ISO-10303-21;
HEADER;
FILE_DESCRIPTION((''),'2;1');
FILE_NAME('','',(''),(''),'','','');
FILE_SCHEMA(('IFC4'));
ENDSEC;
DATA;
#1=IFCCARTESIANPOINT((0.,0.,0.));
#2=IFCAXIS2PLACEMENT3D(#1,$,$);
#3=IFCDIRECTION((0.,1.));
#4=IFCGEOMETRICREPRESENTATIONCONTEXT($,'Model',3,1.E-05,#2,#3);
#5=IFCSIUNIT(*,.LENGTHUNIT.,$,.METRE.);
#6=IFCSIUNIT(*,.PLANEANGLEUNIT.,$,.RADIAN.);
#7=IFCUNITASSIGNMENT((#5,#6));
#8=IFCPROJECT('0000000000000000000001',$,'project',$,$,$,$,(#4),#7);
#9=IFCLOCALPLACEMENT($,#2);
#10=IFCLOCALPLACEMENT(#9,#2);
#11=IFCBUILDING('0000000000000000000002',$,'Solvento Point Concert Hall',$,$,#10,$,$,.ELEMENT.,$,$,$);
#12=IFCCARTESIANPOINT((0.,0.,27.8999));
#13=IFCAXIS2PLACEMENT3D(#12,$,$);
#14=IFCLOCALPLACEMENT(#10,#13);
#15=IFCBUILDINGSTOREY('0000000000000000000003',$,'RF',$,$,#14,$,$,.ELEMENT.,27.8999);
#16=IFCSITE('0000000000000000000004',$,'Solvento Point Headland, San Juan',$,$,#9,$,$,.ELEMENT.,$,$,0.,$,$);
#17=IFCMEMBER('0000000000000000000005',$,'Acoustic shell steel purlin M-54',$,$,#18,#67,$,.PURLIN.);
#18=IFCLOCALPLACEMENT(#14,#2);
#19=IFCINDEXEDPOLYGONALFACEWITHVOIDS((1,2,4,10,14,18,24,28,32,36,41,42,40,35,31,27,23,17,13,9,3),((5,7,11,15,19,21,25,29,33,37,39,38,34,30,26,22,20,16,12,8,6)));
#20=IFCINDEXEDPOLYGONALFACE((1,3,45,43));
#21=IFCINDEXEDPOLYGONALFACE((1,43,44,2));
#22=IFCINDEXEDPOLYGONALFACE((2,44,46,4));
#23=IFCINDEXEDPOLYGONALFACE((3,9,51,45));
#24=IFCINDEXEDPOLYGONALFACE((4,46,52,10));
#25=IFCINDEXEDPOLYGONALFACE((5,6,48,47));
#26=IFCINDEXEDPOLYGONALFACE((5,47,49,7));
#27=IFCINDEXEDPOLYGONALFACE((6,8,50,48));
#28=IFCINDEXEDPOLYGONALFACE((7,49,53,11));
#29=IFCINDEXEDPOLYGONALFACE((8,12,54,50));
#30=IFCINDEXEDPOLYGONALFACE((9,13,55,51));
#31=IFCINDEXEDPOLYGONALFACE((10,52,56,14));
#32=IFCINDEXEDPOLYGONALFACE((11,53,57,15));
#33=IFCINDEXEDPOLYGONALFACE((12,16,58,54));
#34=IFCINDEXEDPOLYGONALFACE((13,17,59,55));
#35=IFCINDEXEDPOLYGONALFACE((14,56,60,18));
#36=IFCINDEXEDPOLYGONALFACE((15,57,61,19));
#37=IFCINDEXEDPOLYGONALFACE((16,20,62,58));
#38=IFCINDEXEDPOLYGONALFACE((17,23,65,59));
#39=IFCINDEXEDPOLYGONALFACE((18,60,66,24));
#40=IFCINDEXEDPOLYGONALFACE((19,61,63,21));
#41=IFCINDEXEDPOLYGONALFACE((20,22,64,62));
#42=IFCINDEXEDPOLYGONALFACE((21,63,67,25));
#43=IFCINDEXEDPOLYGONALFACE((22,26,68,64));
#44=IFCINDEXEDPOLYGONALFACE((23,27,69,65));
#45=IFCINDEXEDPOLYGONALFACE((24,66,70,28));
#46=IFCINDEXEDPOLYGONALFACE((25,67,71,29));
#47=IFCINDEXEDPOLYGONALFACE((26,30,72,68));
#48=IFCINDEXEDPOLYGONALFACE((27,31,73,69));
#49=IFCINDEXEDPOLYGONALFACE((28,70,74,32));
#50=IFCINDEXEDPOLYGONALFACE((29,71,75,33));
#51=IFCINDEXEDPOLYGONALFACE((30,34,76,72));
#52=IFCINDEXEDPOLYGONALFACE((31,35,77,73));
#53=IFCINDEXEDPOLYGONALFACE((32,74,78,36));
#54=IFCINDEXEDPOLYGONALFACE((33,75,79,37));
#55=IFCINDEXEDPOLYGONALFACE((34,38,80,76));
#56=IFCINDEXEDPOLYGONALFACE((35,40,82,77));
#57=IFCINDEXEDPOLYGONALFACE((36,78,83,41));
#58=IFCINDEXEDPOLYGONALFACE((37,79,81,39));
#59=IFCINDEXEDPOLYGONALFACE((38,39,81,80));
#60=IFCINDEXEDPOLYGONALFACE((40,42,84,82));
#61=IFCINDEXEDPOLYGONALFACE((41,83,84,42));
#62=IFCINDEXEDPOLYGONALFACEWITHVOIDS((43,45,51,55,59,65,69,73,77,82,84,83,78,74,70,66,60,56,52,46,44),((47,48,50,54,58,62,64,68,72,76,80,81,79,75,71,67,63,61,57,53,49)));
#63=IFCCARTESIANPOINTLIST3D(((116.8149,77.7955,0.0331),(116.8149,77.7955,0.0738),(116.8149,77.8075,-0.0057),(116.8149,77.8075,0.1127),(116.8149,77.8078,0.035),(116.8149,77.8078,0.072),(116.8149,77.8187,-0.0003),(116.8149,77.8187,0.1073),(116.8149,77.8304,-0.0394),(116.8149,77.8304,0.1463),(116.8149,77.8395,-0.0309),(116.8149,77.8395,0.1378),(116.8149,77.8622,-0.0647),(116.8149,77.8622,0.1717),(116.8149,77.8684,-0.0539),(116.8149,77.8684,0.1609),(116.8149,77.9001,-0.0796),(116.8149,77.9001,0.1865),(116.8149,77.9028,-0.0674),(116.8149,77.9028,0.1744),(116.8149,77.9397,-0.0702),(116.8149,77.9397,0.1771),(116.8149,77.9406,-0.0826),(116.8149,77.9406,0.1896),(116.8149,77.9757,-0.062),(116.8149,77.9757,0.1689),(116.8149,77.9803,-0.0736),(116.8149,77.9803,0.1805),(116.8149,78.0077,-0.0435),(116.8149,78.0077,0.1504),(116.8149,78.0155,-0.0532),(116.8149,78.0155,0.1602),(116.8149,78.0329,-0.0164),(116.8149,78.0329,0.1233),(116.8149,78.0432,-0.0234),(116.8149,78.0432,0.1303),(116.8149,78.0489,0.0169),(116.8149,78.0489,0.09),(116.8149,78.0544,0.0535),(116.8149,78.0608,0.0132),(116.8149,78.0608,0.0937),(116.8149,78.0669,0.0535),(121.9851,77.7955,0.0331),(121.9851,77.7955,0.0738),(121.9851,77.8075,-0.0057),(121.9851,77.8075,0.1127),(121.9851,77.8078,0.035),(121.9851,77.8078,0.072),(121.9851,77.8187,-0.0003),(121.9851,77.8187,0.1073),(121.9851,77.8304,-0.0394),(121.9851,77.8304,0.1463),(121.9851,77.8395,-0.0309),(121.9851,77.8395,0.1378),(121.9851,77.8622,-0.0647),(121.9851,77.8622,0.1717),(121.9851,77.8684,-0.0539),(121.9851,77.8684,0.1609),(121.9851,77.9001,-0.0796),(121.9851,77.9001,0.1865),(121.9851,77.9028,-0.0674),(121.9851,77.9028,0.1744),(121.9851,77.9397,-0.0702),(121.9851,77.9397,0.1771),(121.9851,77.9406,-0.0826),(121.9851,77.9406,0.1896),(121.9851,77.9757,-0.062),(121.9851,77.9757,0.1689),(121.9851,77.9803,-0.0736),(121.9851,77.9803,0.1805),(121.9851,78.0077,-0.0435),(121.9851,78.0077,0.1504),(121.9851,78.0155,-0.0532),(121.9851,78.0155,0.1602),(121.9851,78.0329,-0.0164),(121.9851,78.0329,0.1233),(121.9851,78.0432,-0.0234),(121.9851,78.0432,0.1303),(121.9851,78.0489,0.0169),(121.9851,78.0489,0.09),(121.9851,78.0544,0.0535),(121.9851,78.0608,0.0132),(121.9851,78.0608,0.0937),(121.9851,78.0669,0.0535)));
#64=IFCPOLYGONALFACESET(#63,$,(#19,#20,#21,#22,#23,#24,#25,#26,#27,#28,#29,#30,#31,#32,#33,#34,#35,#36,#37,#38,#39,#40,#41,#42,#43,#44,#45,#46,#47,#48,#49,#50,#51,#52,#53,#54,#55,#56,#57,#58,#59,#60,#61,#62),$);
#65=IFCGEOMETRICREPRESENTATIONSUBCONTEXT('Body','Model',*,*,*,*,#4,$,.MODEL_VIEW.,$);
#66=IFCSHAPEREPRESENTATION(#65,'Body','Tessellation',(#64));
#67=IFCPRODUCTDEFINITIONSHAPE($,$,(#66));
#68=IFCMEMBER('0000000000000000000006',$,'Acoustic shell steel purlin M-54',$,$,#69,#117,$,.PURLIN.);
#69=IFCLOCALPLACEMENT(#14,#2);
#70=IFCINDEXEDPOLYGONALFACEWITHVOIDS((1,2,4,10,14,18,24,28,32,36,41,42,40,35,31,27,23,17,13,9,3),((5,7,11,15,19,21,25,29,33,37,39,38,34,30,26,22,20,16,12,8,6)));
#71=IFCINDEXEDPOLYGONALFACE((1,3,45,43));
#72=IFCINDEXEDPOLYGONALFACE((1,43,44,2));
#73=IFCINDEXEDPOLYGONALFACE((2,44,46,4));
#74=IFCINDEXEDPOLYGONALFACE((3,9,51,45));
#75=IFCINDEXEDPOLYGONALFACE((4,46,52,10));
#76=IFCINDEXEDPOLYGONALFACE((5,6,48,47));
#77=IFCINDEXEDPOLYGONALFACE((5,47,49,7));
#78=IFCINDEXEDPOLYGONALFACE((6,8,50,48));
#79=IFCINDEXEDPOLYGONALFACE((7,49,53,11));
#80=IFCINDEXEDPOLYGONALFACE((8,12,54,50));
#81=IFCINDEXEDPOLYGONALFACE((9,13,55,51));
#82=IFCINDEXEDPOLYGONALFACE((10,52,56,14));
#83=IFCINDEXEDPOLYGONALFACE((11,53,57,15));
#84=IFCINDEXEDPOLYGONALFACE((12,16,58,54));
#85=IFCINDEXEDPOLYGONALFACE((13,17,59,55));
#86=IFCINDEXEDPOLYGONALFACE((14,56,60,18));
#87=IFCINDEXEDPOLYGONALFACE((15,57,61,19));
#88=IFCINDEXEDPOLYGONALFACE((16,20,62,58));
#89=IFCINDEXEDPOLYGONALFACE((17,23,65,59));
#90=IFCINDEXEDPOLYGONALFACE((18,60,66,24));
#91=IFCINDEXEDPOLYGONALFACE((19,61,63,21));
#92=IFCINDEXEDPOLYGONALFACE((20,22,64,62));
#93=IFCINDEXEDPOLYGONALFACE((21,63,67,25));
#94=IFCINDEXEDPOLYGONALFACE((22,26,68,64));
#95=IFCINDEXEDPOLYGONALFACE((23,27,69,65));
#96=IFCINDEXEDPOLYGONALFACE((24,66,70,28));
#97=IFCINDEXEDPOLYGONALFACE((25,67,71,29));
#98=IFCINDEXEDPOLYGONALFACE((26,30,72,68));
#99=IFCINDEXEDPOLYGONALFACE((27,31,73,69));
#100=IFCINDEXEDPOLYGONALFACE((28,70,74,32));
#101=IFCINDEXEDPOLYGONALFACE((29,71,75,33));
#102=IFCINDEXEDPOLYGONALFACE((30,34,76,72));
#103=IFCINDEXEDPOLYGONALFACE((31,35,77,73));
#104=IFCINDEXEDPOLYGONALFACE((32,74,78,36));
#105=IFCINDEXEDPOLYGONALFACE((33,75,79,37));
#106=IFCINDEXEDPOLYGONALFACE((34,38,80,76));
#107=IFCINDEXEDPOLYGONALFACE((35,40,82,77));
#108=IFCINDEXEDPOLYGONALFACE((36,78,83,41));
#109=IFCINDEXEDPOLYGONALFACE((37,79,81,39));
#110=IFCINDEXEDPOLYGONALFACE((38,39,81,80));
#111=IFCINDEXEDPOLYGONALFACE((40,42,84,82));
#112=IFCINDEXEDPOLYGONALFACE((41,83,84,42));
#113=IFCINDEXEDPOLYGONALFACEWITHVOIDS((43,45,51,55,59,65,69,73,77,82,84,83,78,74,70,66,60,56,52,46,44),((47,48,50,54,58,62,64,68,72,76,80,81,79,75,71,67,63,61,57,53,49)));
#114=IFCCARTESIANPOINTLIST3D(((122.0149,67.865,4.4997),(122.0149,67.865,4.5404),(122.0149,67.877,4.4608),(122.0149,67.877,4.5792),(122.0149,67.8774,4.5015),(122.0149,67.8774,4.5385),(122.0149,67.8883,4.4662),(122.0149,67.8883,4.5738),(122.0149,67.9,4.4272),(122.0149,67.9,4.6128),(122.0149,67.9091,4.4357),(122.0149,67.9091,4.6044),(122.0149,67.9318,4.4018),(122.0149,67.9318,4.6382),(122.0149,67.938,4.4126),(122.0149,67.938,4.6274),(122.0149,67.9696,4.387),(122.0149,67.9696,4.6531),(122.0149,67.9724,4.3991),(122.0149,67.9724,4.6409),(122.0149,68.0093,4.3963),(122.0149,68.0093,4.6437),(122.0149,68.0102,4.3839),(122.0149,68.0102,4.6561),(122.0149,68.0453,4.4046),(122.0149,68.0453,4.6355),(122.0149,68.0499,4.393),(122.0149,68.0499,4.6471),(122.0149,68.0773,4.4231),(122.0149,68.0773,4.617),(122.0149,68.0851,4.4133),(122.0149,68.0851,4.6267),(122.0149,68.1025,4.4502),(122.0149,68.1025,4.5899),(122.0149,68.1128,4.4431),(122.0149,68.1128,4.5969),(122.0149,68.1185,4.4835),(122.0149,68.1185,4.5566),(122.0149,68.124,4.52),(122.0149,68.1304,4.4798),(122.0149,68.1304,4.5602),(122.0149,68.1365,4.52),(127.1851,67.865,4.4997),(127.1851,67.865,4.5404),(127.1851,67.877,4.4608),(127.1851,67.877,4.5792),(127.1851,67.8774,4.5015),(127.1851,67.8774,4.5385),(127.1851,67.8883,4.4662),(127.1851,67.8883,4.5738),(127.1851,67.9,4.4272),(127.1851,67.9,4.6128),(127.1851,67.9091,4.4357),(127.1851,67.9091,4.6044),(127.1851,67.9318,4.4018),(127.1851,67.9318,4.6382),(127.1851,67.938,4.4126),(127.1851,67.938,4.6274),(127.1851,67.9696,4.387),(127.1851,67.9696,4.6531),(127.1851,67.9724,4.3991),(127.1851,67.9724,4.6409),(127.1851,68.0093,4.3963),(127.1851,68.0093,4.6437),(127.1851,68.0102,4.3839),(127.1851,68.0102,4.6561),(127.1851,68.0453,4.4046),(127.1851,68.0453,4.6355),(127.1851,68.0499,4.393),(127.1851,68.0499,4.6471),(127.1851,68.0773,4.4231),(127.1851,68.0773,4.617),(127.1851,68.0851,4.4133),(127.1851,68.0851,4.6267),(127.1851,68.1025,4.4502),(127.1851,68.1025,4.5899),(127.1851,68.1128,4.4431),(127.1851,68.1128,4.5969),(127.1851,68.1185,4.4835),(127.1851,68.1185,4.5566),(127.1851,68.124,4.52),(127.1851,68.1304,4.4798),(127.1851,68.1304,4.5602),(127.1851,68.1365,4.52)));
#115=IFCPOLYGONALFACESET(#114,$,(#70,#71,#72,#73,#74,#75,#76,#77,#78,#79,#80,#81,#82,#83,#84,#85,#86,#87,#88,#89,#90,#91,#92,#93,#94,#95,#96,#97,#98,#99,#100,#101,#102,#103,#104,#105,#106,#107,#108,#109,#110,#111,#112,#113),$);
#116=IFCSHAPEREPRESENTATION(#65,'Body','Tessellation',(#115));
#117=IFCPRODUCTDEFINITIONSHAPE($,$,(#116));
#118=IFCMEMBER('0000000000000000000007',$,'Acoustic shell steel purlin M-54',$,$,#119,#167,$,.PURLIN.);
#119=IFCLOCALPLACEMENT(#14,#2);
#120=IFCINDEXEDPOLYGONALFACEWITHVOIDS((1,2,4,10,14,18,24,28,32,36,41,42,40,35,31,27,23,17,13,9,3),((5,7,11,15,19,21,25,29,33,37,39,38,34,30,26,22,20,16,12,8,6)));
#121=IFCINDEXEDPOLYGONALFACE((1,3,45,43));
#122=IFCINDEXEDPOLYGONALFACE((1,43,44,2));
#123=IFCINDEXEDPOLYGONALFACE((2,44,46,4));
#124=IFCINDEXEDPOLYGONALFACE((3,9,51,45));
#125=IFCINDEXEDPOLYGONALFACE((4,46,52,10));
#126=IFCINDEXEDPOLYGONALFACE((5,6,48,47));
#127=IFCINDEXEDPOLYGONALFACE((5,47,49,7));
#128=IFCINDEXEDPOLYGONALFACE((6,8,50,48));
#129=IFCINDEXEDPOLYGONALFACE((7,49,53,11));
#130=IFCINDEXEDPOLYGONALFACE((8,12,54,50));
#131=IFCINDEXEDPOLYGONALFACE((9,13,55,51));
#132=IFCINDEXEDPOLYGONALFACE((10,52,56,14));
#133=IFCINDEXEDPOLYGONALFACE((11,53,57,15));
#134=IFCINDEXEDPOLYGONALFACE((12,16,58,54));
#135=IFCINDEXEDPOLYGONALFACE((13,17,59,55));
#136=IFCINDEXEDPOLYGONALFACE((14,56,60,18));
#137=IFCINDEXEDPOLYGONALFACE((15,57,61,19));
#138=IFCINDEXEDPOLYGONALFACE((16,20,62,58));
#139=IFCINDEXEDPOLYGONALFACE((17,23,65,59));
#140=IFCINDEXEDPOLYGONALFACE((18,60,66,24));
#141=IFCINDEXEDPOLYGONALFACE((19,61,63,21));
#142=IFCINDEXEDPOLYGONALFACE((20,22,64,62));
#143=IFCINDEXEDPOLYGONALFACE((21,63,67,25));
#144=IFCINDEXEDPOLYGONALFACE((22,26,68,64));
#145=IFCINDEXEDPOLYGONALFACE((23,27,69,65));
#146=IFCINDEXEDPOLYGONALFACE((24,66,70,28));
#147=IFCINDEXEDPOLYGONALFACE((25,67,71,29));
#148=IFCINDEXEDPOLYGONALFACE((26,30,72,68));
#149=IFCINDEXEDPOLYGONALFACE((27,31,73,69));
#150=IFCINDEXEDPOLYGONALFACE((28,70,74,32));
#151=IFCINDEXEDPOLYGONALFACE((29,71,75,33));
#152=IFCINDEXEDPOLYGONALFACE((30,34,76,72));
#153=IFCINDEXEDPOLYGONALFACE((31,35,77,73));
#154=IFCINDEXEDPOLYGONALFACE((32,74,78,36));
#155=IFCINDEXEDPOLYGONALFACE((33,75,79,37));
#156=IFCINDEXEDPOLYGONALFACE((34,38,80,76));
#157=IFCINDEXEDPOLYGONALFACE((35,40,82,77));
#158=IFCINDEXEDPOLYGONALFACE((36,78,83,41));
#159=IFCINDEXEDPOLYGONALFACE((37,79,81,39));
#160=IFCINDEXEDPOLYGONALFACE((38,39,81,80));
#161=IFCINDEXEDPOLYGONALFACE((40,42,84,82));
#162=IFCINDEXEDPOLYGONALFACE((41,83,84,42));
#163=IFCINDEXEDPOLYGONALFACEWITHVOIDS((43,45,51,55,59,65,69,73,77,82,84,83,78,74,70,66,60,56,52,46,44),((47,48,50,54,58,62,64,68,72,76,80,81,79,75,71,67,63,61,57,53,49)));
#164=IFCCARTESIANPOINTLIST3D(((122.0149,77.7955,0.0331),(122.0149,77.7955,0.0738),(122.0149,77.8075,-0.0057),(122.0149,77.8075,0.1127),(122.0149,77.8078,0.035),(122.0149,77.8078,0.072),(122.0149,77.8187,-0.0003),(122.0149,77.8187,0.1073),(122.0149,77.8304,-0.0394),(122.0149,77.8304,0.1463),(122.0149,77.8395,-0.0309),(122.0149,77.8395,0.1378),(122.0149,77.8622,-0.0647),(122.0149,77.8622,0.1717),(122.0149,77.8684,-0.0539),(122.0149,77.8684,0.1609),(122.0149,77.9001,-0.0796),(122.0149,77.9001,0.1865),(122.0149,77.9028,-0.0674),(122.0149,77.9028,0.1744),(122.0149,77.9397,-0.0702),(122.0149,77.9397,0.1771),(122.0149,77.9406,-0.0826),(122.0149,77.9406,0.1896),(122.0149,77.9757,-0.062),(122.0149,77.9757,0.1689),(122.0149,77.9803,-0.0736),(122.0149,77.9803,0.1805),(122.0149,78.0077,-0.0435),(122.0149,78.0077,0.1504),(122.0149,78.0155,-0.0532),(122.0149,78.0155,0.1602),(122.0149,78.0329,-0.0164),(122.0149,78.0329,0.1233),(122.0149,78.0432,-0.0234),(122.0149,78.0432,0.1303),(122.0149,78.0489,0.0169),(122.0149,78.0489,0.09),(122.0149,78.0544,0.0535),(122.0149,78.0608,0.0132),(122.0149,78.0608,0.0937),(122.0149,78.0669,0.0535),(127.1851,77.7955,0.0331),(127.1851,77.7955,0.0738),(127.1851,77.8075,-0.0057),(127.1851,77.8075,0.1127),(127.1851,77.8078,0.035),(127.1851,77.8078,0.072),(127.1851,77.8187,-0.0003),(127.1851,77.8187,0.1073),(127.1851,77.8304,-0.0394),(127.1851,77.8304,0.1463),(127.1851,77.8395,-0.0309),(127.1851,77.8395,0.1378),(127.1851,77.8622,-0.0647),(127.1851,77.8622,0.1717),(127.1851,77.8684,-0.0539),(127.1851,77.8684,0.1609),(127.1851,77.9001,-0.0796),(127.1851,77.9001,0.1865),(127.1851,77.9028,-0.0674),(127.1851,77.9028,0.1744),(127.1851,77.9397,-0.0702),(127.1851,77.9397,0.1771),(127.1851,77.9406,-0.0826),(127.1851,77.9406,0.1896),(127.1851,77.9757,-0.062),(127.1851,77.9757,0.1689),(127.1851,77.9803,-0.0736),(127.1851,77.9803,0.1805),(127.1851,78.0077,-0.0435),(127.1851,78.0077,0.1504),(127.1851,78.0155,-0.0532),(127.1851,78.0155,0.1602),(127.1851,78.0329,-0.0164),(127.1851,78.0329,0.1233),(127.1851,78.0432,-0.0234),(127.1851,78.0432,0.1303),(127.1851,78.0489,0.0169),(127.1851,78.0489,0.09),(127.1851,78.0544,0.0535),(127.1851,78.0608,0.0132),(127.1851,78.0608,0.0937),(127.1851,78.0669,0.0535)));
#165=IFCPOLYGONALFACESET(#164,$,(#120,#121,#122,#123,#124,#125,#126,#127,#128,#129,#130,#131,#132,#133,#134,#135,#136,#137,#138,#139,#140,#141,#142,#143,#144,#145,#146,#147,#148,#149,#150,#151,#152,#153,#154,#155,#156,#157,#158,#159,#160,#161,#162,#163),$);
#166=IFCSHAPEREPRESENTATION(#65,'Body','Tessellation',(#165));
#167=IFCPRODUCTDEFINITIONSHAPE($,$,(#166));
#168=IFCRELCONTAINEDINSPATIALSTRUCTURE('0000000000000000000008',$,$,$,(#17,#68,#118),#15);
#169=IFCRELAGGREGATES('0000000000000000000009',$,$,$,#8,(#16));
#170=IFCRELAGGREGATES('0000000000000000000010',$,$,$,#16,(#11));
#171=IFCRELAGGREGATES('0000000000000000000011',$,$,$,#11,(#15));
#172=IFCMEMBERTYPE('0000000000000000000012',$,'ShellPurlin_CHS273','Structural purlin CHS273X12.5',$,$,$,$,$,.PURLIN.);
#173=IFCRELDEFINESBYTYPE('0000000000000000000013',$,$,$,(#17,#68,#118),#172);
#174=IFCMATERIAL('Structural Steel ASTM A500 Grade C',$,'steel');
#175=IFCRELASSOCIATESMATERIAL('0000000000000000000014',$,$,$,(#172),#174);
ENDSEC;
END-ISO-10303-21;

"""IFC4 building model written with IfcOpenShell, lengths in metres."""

from ifc_helpers import new_model, si_unit, direction, frame, origin, origin_2d, place, context, subcontext, project, spatial, hollow_circle, extrude, material, material_profile, profile_set, type_object, element, save


model = new_model("IFC4")

# Units and contexts
model_context = context("Model", 3, precision=1e-05, world=origin(), true_north=direction((0.0, 1.0)))
body_context = subcontext(model_context, "Body", "Model", "MODEL_VIEW")
ifc_project = project(units=[si_unit("LENGTHUNIT", "METRE"), si_unit("PLANEANGLEUNIT", "RADIAN")], contexts=[model_context])

# Site, building, storey
site_placement = place(None, origin())
site = spatial("IfcSite", under=ifc_project, at=site_placement, Name="Solvento Point Headland, San Juan", CompositionType="ELEMENT", RefElevation=0.0)
building_placement = place(site_placement, origin())
building = spatial("IfcBuilding", under=site, at=building_placement, Name="Solvento Point Concert Hall", CompositionType="ELEMENT")
storey_placement = place(building_placement, frame((0.0, 0.0, 27.8999)))
storey = spatial("IfcBuildingStorey", under=building, at=storey_placement, Name="RF", CompositionType="ELEMENT", Elevation=27.8999)

# Members
ifc_material_1 = material(Name="Structural Steel ASTM A500 Grade C", Category="steel")
ifc_material_profile_1 = material_profile(ifc_material_1, hollow_circle(Radius=0.1365, WallThickness=0.0125, at=origin_2d()), Name="CHS273X12.5")
ifc_profile_set_1 = profile_set([ifc_material_profile_1], Name="Structural Steel ASTM A500 Grade C")
member_type_1 = type_object("IfcMemberType", Name="ShellPurlin_CHS273", Description="Structural purlin CHS273X12.5", PredefinedType="PURLIN", material=ifc_profile_set_1)
for number, where, z_axis, x_axis, name in (
    (1, (116.8149, 77.9304, 0.0535), (1.0, 0.0, 0.0), (0.0, 1.0, 0.0), "Acoustic shell steel purlin M-54"),
    (2, (122.0149, 68.0, 4.52), (1.0, 0.0, 0.0), (0.0, 1.0, 0.0), "Acoustic shell steel purlin M-54"),
    (3, (122.0149, 77.9304, 0.0535), (1.0, 0.0, 0.0), (0.0, 1.0, 0.0), "Acoustic shell steel purlin M-54"),
):
    element("IfcMember", number, at=place(storey_placement, frame(where, z_axis=z_axis, x_axis=x_axis)), inside=storey, type_object=member_type_1, Name=name, PredefinedType="PURLIN", context=body_context, shape_type="SweptSolid", body=[
        extrude(hollow_circle(Radius=0.1365, WallThickness=0.0125, at=origin_2d()), origin(), (0.0, 0.0, 1.0), 5.1702),
    ])

save(model, "model.ifc")
